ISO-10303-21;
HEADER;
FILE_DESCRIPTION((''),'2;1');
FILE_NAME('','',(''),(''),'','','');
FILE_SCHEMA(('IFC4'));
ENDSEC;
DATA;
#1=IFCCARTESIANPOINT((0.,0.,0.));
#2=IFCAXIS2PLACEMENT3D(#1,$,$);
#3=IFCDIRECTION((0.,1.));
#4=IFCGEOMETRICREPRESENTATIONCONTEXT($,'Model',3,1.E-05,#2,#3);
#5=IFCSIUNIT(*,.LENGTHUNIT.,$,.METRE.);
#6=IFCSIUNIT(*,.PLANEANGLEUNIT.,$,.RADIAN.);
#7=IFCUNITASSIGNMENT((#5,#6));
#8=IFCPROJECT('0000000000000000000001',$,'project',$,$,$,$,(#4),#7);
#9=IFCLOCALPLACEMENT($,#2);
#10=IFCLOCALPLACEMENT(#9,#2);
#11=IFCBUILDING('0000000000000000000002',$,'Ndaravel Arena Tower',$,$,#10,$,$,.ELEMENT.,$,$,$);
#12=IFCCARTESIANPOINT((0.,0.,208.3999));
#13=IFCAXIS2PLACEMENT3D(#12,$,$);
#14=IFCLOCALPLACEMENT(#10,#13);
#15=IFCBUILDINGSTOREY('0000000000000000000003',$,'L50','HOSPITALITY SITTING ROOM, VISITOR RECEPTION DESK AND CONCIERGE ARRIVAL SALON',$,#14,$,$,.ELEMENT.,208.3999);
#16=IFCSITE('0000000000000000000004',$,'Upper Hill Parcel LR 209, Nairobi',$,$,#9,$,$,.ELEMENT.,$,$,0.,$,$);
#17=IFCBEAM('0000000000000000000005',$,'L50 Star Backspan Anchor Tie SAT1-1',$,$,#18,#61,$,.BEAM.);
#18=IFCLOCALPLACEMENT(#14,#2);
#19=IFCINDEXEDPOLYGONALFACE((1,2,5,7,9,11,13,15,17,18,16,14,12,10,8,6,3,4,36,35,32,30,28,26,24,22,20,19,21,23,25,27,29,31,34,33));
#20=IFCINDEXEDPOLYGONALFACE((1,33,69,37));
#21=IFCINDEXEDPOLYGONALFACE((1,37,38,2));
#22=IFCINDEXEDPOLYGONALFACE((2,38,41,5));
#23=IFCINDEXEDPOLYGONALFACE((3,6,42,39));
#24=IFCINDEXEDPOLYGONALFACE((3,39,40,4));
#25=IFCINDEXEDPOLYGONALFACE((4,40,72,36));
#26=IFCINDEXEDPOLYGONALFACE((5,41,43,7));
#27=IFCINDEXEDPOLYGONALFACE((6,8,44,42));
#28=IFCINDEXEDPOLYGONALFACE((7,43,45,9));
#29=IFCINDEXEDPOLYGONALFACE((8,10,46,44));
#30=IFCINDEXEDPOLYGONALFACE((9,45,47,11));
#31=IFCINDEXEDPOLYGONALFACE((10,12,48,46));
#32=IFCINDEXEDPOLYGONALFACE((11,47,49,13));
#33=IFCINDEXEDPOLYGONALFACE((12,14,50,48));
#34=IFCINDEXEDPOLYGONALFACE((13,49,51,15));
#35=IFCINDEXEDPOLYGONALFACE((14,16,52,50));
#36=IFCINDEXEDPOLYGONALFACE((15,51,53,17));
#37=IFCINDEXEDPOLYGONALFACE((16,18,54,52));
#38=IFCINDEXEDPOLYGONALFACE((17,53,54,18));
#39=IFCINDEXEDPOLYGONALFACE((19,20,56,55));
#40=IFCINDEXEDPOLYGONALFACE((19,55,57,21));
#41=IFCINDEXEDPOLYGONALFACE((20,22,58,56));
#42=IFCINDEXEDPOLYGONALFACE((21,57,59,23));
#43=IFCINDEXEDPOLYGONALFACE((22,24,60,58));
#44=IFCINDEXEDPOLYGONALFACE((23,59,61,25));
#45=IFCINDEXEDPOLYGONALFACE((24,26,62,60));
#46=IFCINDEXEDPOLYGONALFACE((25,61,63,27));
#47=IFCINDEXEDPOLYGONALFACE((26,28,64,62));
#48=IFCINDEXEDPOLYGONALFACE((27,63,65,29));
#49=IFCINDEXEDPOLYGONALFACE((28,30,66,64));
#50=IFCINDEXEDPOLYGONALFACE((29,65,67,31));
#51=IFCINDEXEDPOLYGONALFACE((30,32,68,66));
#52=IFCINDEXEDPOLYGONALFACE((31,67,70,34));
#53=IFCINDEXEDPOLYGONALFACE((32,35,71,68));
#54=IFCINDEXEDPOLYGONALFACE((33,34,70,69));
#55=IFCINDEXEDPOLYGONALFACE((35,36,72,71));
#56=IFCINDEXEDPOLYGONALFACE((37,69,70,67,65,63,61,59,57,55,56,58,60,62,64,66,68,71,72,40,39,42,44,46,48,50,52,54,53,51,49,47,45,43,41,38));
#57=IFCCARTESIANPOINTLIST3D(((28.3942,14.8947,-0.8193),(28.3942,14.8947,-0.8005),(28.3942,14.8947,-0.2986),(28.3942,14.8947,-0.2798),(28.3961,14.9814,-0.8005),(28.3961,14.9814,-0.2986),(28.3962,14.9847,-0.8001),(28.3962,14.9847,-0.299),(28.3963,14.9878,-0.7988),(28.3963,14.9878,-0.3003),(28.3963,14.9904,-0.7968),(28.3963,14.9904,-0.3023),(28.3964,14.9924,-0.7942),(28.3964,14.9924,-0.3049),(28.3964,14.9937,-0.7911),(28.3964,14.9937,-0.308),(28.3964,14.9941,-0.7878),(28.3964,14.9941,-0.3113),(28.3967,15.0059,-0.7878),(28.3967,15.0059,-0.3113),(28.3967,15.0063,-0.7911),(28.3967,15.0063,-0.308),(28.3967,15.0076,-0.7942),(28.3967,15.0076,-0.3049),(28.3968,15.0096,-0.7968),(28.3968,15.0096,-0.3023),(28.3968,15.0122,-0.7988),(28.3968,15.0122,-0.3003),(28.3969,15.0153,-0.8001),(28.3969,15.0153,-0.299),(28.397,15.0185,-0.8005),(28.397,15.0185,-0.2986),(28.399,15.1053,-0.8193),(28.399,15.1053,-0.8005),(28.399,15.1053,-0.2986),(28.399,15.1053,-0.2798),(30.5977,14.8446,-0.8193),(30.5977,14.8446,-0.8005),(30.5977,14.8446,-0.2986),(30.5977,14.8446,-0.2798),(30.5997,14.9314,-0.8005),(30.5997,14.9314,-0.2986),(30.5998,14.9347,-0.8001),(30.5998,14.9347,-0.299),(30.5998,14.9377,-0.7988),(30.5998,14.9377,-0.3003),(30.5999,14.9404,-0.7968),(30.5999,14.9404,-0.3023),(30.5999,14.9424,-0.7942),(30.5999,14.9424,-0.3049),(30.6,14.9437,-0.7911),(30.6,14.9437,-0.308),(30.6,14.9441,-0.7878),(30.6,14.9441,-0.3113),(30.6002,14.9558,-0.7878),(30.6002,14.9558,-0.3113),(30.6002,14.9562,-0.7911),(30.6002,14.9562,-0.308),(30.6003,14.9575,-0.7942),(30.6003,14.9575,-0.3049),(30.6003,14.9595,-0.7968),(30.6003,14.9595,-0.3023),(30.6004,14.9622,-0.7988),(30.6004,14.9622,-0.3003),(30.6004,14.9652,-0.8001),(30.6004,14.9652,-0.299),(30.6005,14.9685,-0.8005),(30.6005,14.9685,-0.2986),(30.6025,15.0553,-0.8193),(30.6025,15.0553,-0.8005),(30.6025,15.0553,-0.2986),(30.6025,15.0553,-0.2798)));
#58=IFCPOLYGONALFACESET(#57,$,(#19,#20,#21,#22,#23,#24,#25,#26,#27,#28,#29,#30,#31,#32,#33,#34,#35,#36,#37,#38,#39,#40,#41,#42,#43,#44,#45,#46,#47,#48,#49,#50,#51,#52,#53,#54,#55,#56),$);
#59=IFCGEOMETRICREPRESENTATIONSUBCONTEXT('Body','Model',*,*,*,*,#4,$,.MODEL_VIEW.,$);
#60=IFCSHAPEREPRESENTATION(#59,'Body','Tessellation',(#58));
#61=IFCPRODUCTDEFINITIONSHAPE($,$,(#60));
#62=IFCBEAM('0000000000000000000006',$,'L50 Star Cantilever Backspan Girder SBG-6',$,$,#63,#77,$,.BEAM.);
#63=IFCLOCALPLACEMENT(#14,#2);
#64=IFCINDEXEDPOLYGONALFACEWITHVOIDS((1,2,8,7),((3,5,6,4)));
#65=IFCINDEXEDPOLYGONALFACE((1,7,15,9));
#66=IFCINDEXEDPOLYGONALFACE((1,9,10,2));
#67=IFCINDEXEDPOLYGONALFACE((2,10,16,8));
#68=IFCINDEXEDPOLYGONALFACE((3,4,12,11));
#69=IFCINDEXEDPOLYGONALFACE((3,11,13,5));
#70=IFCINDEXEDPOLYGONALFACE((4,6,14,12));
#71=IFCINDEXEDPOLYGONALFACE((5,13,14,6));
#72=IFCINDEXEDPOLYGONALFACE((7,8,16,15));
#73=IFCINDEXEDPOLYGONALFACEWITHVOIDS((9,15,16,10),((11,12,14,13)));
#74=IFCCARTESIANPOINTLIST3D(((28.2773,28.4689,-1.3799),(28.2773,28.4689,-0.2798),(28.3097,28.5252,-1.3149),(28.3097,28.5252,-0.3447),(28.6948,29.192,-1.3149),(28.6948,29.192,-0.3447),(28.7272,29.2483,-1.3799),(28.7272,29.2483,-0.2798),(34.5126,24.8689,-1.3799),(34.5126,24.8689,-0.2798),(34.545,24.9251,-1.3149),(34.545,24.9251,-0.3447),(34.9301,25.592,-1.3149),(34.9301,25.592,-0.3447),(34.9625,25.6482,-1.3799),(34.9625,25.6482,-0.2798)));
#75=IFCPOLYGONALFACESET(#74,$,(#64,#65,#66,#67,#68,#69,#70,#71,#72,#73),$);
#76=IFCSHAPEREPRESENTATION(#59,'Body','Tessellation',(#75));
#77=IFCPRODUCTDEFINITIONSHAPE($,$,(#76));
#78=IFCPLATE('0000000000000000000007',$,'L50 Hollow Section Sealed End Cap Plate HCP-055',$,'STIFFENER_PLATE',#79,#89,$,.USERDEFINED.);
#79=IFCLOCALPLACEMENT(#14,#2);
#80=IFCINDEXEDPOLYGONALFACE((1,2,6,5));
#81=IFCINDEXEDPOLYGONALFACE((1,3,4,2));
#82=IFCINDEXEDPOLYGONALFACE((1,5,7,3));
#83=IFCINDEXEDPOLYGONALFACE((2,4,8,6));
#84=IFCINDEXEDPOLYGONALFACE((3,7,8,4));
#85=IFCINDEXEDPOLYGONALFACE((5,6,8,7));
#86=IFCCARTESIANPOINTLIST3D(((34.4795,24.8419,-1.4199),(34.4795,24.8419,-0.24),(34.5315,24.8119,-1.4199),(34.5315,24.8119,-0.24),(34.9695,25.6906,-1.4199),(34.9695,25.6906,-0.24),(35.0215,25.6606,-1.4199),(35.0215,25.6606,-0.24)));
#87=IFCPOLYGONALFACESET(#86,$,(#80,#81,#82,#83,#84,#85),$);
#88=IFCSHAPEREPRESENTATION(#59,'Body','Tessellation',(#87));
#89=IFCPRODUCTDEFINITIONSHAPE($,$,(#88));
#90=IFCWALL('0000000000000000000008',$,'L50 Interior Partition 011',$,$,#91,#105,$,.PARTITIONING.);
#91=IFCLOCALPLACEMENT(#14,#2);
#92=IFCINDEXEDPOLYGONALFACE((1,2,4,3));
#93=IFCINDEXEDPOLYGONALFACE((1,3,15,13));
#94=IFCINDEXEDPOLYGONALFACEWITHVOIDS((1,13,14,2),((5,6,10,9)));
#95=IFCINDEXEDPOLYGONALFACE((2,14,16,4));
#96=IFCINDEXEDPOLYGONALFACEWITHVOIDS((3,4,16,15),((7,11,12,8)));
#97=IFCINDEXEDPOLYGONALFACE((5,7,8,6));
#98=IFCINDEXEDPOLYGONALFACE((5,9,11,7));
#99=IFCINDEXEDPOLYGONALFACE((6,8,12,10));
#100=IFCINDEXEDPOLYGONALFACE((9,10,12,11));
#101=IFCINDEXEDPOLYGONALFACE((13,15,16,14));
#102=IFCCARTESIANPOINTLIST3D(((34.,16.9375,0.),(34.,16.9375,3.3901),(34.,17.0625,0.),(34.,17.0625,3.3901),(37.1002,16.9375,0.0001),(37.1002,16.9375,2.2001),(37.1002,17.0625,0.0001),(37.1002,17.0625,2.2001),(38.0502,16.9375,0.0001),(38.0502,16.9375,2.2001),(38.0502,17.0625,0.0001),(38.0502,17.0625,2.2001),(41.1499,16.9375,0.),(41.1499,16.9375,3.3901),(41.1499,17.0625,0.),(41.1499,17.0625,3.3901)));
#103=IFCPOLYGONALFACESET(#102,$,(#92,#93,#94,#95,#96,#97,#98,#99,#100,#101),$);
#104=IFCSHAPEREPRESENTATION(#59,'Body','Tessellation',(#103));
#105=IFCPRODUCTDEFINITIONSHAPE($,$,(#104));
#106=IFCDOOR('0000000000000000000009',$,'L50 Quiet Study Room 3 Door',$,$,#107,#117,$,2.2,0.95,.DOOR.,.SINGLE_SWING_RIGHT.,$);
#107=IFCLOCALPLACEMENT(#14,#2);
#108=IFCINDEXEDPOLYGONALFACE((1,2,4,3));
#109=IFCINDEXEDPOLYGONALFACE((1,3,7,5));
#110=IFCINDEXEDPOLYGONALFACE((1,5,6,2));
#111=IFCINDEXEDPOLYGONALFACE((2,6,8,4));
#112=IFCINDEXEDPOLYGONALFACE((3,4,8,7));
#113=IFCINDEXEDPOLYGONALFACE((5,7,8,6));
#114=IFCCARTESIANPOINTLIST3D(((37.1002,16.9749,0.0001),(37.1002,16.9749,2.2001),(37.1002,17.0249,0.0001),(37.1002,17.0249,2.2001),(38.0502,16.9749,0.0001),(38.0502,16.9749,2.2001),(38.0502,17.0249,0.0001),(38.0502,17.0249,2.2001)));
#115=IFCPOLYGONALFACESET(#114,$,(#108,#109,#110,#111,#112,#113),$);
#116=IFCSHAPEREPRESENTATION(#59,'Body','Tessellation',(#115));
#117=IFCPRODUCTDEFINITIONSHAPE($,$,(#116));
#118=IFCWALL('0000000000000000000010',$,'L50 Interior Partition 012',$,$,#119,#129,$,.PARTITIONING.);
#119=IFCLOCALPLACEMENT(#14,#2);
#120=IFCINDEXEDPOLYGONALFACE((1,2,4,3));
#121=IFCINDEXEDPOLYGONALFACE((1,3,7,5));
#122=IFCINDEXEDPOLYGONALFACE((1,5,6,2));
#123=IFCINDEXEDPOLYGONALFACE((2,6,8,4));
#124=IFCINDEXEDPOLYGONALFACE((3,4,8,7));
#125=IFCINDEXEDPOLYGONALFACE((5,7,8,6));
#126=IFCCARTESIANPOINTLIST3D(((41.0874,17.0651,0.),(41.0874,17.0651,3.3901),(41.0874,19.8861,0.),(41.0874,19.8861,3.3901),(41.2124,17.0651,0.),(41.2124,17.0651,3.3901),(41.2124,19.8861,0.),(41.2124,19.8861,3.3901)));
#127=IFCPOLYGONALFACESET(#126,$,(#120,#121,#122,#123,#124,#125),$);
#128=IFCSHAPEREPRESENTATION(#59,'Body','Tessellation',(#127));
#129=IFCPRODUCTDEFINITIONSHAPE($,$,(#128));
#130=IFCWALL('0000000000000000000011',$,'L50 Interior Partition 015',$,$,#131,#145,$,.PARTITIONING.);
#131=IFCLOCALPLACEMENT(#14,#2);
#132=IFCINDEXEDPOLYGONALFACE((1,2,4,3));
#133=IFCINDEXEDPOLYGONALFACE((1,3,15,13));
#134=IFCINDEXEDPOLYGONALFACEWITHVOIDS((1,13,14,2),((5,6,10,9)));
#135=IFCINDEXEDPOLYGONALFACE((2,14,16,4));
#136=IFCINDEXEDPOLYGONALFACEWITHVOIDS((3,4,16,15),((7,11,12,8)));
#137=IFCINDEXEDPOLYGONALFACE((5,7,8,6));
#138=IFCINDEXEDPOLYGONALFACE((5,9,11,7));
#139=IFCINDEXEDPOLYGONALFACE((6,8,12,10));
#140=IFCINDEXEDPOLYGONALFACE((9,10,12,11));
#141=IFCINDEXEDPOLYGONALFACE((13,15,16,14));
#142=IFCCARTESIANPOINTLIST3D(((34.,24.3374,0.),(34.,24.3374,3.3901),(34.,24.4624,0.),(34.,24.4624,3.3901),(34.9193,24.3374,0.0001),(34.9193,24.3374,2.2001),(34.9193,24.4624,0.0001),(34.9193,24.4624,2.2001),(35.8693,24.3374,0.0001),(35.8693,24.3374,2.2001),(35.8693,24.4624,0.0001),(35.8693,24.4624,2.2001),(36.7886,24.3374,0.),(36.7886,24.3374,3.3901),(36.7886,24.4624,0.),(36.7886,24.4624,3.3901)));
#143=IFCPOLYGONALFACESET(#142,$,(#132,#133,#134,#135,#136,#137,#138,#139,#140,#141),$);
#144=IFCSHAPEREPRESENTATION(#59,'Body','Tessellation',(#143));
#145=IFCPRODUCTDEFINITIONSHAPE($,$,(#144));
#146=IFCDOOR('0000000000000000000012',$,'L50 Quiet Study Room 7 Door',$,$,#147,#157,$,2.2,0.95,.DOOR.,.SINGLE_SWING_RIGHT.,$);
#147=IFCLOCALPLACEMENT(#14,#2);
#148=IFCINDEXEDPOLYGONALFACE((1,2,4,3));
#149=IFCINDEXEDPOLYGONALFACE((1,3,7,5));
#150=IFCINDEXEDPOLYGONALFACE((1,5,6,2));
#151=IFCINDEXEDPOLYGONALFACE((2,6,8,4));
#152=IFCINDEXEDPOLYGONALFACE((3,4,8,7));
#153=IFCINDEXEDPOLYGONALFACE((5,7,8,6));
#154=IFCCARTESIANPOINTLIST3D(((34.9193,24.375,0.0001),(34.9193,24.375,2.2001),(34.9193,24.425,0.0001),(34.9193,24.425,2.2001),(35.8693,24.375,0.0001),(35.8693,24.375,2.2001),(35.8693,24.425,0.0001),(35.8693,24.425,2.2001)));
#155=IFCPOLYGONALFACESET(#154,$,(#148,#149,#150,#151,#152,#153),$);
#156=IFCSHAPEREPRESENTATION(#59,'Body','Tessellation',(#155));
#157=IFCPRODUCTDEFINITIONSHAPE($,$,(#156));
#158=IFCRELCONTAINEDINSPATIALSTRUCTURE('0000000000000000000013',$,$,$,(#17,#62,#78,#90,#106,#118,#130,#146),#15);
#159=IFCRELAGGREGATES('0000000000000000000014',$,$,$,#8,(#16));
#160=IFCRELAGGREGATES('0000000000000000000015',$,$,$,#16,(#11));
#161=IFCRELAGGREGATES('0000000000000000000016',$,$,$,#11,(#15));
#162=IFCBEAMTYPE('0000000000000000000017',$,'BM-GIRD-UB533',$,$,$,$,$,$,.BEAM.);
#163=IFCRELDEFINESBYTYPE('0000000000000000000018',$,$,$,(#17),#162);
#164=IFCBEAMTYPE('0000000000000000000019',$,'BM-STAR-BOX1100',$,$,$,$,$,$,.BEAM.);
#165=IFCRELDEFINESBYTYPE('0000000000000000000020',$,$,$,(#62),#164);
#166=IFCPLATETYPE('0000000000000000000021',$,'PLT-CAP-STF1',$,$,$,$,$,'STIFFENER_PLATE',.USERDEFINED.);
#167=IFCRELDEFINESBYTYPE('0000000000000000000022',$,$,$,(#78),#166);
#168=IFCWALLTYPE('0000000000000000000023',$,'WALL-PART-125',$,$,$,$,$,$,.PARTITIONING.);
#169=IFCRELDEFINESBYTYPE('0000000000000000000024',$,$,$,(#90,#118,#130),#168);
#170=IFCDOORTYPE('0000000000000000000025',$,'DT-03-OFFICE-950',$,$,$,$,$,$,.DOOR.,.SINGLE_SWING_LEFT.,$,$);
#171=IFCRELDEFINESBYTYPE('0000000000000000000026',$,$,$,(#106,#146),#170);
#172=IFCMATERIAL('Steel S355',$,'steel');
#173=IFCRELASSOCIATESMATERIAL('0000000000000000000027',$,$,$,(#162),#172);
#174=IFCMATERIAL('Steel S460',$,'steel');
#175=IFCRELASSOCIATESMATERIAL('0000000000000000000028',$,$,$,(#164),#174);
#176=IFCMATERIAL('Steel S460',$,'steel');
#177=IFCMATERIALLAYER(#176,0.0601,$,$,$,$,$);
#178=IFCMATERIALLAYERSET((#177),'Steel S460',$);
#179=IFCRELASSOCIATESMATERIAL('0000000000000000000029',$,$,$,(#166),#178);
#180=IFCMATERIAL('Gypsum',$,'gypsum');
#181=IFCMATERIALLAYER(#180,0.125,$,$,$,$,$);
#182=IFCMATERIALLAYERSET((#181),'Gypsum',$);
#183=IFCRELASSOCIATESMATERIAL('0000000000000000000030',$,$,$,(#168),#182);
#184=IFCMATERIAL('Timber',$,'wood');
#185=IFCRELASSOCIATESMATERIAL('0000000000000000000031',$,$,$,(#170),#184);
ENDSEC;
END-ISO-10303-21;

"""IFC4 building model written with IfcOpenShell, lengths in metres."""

from ifc_helpers import new_model, si_unit, direction, frame, frame_2d, origin, origin_2d, place, context, subcontext, project, spatial, rectangle, hollow_rectangle, i_section, extrude, material, layer, layer_set, material_profile, profile_set, type_object, element, fill, save


model = new_model("IFC4")

# Units and contexts
model_context = context("Model", 3, precision=1e-05, world=origin(), true_north=direction((0.0, 1.0)))
body_context = subcontext(model_context, "Body", "Model", "MODEL_VIEW")
ifc_project = project(units=[si_unit("LENGTHUNIT", "METRE"), si_unit("PLANEANGLEUNIT", "RADIAN")], contexts=[model_context])

# Site, building, storey
site_placement = place(None, origin())
site = spatial("IfcSite", under=ifc_project, at=site_placement, Name="Upper Hill Parcel LR 209, Nairobi", CompositionType="ELEMENT", RefElevation=0.0)
building_placement = place(site_placement, origin())
building = spatial("IfcBuilding", under=site, at=building_placement, Name="Ndaravel Arena Tower", CompositionType="ELEMENT")
storey_placement = place(building_placement, frame((0.0, 0.0, 208.3999)))
storey = spatial("IfcBuildingStorey", under=building, at=storey_placement, Name="L50", Description="HOSPITALITY SITTING ROOM, VISITOR RECEPTION DESK AND CONCIERGE ARRIVAL SALON", CompositionType="ELEMENT", Elevation=208.3999)

# Beams
ifc_material_1 = material(Name="Steel S355", Category="steel")
ifc_material_profile_1 = material_profile(ifc_material_1, i_section(OverallWidth=0.2107, OverallDepth=0.5396, WebThickness=0.0117, FlangeThickness=0.0188, FilletRadius=0.0127, at=origin_2d()), Name="UB 533x210x109")
ifc_profile_set_1 = profile_set([ifc_material_profile_1], Name="Steel S355")
beam_type_1 = type_object("IfcBeamType", Name="BM-GIRD-UB533", PredefinedType="BEAM", material=ifc_profile_set_1)
beam_1_placement = place(storey_placement, frame((30.6001, 14.95, -0.5496), z_axis=(-0.999742, 0.022706, 0.0), x_axis=(-0.022706, -0.999742, 0.0)))
element("IfcBeam", 1, at=beam_1_placement, inside=storey, type_object=beam_type_1, Name="L50 Star Backspan Anchor Tie SAT1-1", PredefinedType="BEAM", context=body_context, shape_type="SweptSolid", body=[
    extrude(i_section(OverallWidth=0.2107, OverallDepth=0.5396, WebThickness=0.0117, FlangeThickness=0.0188, FilletRadius=0.0127, at=origin_2d()), origin(), (0.0, 0.0, 1.0), 2.2041),
])
ifc_material_2 = material(Name="Steel S460", Category="steel")
ifc_material_profile_2 = material_profile(ifc_material_2, hollow_rectangle(XDim=0.8999, YDim=1.1001, WallThickness=0.0649, at=origin_2d()), Name="BOX 1100x900x65")
ifc_profile_set_2 = profile_set([ifc_material_profile_2], Name="Steel S460")
beam_type_2 = type_object("IfcBeamType", Name="BM-STAR-BOX1100", PredefinedType="BEAM", material=ifc_profile_set_2)
beam_2_placement = place(storey_placement, frame((34.7375, 25.2585, -0.8298), z_axis=(-0.866018, 0.500012, 0.0), x_axis=(-0.500012, -0.866018, 0.0)))
element("IfcBeam", 2, at=beam_2_placement, inside=storey, type_object=beam_type_2, Name="L50 Star Cantilever Backspan Girder SBG-6", PredefinedType="BEAM", context=body_context, shape_type="SweptSolid", body=[
    extrude(hollow_rectangle(XDim=0.8999, YDim=1.1001, WallThickness=0.0649, at=origin_2d()), origin(), (0.0, 0.0, 1.0), 7.2),
])

# Plate
ifc_material_3 = material(Name="Steel S460", Category="steel")
ifc_layer_1 = layer(ifc_material_3, 0.0601)
ifc_layer_set_1 = layer_set([ifc_layer_1], Name="Steel S460")
plate_type = type_object("IfcPlateType", Name="PLT-CAP-STF1", ElementType="STIFFENER_PLATE", PredefinedType="USERDEFINED", material=ifc_layer_set_1)
plate_placement = place(storey_placement, frame((34.7505, 25.2512, -1.4199), z_axis=(0.0, 0.0, 1.0), x_axis=(-0.866025, 0.5, 0.0)))
element("IfcPlate", 3, at=plate_placement, inside=storey, type_object=plate_type, Name="L50 Hollow Section Sealed End Cap Plate HCP-055", ObjectType="STIFFENER_PLATE", PredefinedType="USERDEFINED", context=body_context, shape_type="SweptSolid", body=[
    extrude(rectangle(XDim=0.0601, YDim=0.98, at=origin_2d()), origin(), (0.0, 0.0, 1.0), 1.1799),
])

# Wall, opening, door
ifc_material_4 = material(Name="Gypsum", Category="gypsum")
ifc_layer_2 = layer(ifc_material_4, 0.125)
ifc_layer_set_2 = layer_set([ifc_layer_2], Name="Gypsum")
wall_type_1 = type_object("IfcWallType", Name="WALL-PART-125", PredefinedType="PARTITIONING", material=ifc_layer_set_2)
wall_1_placement = place(storey_placement, frame((34.0, 17.0, 0.0), z_axis=(0.0, 0.0, 1.0), x_axis=(1.0, 0.0, 0.0)))
wall_1 = element("IfcWall", 4, at=wall_1_placement, inside=storey, type_object=wall_type_1, Name="L50 Interior Partition 011", PredefinedType="PARTITIONING", context=body_context, shape_type="SweptSolid", body=[
    extrude(rectangle(XDim=7.1499, YDim=0.125, at=frame_2d((3.575, 0.0))), origin(), (0.0, 0.0, 1.0), 3.3901),
])
opening_1_placement = place(wall_1_placement, frame((3.1001, 0.0, 0.0)))
opening_1 = element("IfcOpeningElement", 5, at=opening_1_placement, cuts=wall_1, PredefinedType="OPENING", context=body_context, shape_type="SweptSolid", body=[
    extrude(rectangle(XDim=0.95, YDim=2.2, at=frame_2d((0.4751, 1.1001))), frame((0.0, 0.0625, 0.0), z_axis=(0.0, -1.0, 0.0), x_axis=(1.0, 0.0, 0.0)), (0.0, 0.0, 1.0), 0.125),
])
ifc_material_5 = material(Name="Timber", Category="wood")
door_type_1 = type_object("IfcDoorType", Name="DT-03-OFFICE-950", OperationType="SINGLE_SWING_LEFT", PredefinedType="DOOR", material=ifc_material_5)
door_1_placement = place(opening_1_placement, origin())
door_1 = element("IfcDoor", 6, at=door_1_placement, inside=storey, type_object=door_type_1, Name="L50 Quiet Study Room 3 Door", OperationType="SINGLE_SWING_RIGHT", OverallHeight=2.2, OverallWidth=0.95, PredefinedType="DOOR", context=body_context, shape_type="SweptSolid", body=[
    extrude(rectangle(XDim=0.95, YDim=2.2, at=frame_2d((0.4751, 1.1001))), frame((0.0, 0.0249, 0.0), z_axis=(0.0, -1.0, 0.0), x_axis=(1.0, 0.0, 0.0)), (0.0, 0.0, 1.0), 0.05),
])
fill(opening_1, door_1)

# Wall
wall_2_placement = place(storey_placement, frame((41.1499, 17.0649, 0.0), z_axis=(0.0, 0.0, 1.0), x_axis=(0.0, 1.0, 0.0)))
element("IfcWall", 7, at=wall_2_placement, inside=storey, type_object=wall_type_1, Name="L50 Interior Partition 012", PredefinedType="PARTITIONING", context=body_context, shape_type="SweptSolid", body=[
    extrude(rectangle(XDim=2.821, YDim=0.125, at=frame_2d((1.4106, 0.0))), origin(), (0.0, 0.0, 1.0), 3.3901),
])

# Wall, opening, door
wall_3_placement = place(storey_placement, frame((36.7886, 24.3999, 0.0), z_axis=(0.0, 0.0, 1.0), x_axis=(-1.0, 0.0, 0.0)))
wall_3 = element("IfcWall", 8, at=wall_3_placement, inside=storey, type_object=wall_type_1, Name="L50 Interior Partition 015", PredefinedType="PARTITIONING", context=body_context, shape_type="SweptSolid", body=[
    extrude(rectangle(XDim=2.7886, YDim=0.125, at=frame_2d((1.3943, 0.0))), origin(), (0.0, 0.0, 1.0), 3.3901),
])
opening_2_placement = place(wall_3_placement, frame((0.9192, 0.0, 0.0)))
opening_2 = element("IfcOpeningElement", 9, at=opening_2_placement, cuts=wall_3, PredefinedType="OPENING", context=body_context, shape_type="SweptSolid", body=[
    extrude(rectangle(XDim=0.95, YDim=2.2, at=frame_2d((0.4751, 1.1001))), frame((0.0, 0.0625, 0.0), z_axis=(0.0, -1.0, 0.0), x_axis=(1.0, 0.0, 0.0)), (0.0, 0.0, 1.0), 0.125),
])
door_2_placement = place(opening_2_placement, origin())
door_2 = element("IfcDoor", 10, at=door_2_placement, inside=storey, type_object=door_type_1, Name="L50 Quiet Study Room 7 Door", OperationType="SINGLE_SWING_RIGHT", OverallHeight=2.2, OverallWidth=0.95, PredefinedType="DOOR", context=body_context, shape_type="SweptSolid", body=[
    extrude(rectangle(XDim=0.95, YDim=2.2, at=frame_2d((0.4751, 1.1001))), frame((0.0, 0.0249, 0.0), z_axis=(0.0, -1.0, 0.0), x_axis=(1.0, 0.0, 0.0)), (0.0, 0.0, 1.0), 0.05),
])
fill(opening_2, door_2)

save(model, "model.ifc")
